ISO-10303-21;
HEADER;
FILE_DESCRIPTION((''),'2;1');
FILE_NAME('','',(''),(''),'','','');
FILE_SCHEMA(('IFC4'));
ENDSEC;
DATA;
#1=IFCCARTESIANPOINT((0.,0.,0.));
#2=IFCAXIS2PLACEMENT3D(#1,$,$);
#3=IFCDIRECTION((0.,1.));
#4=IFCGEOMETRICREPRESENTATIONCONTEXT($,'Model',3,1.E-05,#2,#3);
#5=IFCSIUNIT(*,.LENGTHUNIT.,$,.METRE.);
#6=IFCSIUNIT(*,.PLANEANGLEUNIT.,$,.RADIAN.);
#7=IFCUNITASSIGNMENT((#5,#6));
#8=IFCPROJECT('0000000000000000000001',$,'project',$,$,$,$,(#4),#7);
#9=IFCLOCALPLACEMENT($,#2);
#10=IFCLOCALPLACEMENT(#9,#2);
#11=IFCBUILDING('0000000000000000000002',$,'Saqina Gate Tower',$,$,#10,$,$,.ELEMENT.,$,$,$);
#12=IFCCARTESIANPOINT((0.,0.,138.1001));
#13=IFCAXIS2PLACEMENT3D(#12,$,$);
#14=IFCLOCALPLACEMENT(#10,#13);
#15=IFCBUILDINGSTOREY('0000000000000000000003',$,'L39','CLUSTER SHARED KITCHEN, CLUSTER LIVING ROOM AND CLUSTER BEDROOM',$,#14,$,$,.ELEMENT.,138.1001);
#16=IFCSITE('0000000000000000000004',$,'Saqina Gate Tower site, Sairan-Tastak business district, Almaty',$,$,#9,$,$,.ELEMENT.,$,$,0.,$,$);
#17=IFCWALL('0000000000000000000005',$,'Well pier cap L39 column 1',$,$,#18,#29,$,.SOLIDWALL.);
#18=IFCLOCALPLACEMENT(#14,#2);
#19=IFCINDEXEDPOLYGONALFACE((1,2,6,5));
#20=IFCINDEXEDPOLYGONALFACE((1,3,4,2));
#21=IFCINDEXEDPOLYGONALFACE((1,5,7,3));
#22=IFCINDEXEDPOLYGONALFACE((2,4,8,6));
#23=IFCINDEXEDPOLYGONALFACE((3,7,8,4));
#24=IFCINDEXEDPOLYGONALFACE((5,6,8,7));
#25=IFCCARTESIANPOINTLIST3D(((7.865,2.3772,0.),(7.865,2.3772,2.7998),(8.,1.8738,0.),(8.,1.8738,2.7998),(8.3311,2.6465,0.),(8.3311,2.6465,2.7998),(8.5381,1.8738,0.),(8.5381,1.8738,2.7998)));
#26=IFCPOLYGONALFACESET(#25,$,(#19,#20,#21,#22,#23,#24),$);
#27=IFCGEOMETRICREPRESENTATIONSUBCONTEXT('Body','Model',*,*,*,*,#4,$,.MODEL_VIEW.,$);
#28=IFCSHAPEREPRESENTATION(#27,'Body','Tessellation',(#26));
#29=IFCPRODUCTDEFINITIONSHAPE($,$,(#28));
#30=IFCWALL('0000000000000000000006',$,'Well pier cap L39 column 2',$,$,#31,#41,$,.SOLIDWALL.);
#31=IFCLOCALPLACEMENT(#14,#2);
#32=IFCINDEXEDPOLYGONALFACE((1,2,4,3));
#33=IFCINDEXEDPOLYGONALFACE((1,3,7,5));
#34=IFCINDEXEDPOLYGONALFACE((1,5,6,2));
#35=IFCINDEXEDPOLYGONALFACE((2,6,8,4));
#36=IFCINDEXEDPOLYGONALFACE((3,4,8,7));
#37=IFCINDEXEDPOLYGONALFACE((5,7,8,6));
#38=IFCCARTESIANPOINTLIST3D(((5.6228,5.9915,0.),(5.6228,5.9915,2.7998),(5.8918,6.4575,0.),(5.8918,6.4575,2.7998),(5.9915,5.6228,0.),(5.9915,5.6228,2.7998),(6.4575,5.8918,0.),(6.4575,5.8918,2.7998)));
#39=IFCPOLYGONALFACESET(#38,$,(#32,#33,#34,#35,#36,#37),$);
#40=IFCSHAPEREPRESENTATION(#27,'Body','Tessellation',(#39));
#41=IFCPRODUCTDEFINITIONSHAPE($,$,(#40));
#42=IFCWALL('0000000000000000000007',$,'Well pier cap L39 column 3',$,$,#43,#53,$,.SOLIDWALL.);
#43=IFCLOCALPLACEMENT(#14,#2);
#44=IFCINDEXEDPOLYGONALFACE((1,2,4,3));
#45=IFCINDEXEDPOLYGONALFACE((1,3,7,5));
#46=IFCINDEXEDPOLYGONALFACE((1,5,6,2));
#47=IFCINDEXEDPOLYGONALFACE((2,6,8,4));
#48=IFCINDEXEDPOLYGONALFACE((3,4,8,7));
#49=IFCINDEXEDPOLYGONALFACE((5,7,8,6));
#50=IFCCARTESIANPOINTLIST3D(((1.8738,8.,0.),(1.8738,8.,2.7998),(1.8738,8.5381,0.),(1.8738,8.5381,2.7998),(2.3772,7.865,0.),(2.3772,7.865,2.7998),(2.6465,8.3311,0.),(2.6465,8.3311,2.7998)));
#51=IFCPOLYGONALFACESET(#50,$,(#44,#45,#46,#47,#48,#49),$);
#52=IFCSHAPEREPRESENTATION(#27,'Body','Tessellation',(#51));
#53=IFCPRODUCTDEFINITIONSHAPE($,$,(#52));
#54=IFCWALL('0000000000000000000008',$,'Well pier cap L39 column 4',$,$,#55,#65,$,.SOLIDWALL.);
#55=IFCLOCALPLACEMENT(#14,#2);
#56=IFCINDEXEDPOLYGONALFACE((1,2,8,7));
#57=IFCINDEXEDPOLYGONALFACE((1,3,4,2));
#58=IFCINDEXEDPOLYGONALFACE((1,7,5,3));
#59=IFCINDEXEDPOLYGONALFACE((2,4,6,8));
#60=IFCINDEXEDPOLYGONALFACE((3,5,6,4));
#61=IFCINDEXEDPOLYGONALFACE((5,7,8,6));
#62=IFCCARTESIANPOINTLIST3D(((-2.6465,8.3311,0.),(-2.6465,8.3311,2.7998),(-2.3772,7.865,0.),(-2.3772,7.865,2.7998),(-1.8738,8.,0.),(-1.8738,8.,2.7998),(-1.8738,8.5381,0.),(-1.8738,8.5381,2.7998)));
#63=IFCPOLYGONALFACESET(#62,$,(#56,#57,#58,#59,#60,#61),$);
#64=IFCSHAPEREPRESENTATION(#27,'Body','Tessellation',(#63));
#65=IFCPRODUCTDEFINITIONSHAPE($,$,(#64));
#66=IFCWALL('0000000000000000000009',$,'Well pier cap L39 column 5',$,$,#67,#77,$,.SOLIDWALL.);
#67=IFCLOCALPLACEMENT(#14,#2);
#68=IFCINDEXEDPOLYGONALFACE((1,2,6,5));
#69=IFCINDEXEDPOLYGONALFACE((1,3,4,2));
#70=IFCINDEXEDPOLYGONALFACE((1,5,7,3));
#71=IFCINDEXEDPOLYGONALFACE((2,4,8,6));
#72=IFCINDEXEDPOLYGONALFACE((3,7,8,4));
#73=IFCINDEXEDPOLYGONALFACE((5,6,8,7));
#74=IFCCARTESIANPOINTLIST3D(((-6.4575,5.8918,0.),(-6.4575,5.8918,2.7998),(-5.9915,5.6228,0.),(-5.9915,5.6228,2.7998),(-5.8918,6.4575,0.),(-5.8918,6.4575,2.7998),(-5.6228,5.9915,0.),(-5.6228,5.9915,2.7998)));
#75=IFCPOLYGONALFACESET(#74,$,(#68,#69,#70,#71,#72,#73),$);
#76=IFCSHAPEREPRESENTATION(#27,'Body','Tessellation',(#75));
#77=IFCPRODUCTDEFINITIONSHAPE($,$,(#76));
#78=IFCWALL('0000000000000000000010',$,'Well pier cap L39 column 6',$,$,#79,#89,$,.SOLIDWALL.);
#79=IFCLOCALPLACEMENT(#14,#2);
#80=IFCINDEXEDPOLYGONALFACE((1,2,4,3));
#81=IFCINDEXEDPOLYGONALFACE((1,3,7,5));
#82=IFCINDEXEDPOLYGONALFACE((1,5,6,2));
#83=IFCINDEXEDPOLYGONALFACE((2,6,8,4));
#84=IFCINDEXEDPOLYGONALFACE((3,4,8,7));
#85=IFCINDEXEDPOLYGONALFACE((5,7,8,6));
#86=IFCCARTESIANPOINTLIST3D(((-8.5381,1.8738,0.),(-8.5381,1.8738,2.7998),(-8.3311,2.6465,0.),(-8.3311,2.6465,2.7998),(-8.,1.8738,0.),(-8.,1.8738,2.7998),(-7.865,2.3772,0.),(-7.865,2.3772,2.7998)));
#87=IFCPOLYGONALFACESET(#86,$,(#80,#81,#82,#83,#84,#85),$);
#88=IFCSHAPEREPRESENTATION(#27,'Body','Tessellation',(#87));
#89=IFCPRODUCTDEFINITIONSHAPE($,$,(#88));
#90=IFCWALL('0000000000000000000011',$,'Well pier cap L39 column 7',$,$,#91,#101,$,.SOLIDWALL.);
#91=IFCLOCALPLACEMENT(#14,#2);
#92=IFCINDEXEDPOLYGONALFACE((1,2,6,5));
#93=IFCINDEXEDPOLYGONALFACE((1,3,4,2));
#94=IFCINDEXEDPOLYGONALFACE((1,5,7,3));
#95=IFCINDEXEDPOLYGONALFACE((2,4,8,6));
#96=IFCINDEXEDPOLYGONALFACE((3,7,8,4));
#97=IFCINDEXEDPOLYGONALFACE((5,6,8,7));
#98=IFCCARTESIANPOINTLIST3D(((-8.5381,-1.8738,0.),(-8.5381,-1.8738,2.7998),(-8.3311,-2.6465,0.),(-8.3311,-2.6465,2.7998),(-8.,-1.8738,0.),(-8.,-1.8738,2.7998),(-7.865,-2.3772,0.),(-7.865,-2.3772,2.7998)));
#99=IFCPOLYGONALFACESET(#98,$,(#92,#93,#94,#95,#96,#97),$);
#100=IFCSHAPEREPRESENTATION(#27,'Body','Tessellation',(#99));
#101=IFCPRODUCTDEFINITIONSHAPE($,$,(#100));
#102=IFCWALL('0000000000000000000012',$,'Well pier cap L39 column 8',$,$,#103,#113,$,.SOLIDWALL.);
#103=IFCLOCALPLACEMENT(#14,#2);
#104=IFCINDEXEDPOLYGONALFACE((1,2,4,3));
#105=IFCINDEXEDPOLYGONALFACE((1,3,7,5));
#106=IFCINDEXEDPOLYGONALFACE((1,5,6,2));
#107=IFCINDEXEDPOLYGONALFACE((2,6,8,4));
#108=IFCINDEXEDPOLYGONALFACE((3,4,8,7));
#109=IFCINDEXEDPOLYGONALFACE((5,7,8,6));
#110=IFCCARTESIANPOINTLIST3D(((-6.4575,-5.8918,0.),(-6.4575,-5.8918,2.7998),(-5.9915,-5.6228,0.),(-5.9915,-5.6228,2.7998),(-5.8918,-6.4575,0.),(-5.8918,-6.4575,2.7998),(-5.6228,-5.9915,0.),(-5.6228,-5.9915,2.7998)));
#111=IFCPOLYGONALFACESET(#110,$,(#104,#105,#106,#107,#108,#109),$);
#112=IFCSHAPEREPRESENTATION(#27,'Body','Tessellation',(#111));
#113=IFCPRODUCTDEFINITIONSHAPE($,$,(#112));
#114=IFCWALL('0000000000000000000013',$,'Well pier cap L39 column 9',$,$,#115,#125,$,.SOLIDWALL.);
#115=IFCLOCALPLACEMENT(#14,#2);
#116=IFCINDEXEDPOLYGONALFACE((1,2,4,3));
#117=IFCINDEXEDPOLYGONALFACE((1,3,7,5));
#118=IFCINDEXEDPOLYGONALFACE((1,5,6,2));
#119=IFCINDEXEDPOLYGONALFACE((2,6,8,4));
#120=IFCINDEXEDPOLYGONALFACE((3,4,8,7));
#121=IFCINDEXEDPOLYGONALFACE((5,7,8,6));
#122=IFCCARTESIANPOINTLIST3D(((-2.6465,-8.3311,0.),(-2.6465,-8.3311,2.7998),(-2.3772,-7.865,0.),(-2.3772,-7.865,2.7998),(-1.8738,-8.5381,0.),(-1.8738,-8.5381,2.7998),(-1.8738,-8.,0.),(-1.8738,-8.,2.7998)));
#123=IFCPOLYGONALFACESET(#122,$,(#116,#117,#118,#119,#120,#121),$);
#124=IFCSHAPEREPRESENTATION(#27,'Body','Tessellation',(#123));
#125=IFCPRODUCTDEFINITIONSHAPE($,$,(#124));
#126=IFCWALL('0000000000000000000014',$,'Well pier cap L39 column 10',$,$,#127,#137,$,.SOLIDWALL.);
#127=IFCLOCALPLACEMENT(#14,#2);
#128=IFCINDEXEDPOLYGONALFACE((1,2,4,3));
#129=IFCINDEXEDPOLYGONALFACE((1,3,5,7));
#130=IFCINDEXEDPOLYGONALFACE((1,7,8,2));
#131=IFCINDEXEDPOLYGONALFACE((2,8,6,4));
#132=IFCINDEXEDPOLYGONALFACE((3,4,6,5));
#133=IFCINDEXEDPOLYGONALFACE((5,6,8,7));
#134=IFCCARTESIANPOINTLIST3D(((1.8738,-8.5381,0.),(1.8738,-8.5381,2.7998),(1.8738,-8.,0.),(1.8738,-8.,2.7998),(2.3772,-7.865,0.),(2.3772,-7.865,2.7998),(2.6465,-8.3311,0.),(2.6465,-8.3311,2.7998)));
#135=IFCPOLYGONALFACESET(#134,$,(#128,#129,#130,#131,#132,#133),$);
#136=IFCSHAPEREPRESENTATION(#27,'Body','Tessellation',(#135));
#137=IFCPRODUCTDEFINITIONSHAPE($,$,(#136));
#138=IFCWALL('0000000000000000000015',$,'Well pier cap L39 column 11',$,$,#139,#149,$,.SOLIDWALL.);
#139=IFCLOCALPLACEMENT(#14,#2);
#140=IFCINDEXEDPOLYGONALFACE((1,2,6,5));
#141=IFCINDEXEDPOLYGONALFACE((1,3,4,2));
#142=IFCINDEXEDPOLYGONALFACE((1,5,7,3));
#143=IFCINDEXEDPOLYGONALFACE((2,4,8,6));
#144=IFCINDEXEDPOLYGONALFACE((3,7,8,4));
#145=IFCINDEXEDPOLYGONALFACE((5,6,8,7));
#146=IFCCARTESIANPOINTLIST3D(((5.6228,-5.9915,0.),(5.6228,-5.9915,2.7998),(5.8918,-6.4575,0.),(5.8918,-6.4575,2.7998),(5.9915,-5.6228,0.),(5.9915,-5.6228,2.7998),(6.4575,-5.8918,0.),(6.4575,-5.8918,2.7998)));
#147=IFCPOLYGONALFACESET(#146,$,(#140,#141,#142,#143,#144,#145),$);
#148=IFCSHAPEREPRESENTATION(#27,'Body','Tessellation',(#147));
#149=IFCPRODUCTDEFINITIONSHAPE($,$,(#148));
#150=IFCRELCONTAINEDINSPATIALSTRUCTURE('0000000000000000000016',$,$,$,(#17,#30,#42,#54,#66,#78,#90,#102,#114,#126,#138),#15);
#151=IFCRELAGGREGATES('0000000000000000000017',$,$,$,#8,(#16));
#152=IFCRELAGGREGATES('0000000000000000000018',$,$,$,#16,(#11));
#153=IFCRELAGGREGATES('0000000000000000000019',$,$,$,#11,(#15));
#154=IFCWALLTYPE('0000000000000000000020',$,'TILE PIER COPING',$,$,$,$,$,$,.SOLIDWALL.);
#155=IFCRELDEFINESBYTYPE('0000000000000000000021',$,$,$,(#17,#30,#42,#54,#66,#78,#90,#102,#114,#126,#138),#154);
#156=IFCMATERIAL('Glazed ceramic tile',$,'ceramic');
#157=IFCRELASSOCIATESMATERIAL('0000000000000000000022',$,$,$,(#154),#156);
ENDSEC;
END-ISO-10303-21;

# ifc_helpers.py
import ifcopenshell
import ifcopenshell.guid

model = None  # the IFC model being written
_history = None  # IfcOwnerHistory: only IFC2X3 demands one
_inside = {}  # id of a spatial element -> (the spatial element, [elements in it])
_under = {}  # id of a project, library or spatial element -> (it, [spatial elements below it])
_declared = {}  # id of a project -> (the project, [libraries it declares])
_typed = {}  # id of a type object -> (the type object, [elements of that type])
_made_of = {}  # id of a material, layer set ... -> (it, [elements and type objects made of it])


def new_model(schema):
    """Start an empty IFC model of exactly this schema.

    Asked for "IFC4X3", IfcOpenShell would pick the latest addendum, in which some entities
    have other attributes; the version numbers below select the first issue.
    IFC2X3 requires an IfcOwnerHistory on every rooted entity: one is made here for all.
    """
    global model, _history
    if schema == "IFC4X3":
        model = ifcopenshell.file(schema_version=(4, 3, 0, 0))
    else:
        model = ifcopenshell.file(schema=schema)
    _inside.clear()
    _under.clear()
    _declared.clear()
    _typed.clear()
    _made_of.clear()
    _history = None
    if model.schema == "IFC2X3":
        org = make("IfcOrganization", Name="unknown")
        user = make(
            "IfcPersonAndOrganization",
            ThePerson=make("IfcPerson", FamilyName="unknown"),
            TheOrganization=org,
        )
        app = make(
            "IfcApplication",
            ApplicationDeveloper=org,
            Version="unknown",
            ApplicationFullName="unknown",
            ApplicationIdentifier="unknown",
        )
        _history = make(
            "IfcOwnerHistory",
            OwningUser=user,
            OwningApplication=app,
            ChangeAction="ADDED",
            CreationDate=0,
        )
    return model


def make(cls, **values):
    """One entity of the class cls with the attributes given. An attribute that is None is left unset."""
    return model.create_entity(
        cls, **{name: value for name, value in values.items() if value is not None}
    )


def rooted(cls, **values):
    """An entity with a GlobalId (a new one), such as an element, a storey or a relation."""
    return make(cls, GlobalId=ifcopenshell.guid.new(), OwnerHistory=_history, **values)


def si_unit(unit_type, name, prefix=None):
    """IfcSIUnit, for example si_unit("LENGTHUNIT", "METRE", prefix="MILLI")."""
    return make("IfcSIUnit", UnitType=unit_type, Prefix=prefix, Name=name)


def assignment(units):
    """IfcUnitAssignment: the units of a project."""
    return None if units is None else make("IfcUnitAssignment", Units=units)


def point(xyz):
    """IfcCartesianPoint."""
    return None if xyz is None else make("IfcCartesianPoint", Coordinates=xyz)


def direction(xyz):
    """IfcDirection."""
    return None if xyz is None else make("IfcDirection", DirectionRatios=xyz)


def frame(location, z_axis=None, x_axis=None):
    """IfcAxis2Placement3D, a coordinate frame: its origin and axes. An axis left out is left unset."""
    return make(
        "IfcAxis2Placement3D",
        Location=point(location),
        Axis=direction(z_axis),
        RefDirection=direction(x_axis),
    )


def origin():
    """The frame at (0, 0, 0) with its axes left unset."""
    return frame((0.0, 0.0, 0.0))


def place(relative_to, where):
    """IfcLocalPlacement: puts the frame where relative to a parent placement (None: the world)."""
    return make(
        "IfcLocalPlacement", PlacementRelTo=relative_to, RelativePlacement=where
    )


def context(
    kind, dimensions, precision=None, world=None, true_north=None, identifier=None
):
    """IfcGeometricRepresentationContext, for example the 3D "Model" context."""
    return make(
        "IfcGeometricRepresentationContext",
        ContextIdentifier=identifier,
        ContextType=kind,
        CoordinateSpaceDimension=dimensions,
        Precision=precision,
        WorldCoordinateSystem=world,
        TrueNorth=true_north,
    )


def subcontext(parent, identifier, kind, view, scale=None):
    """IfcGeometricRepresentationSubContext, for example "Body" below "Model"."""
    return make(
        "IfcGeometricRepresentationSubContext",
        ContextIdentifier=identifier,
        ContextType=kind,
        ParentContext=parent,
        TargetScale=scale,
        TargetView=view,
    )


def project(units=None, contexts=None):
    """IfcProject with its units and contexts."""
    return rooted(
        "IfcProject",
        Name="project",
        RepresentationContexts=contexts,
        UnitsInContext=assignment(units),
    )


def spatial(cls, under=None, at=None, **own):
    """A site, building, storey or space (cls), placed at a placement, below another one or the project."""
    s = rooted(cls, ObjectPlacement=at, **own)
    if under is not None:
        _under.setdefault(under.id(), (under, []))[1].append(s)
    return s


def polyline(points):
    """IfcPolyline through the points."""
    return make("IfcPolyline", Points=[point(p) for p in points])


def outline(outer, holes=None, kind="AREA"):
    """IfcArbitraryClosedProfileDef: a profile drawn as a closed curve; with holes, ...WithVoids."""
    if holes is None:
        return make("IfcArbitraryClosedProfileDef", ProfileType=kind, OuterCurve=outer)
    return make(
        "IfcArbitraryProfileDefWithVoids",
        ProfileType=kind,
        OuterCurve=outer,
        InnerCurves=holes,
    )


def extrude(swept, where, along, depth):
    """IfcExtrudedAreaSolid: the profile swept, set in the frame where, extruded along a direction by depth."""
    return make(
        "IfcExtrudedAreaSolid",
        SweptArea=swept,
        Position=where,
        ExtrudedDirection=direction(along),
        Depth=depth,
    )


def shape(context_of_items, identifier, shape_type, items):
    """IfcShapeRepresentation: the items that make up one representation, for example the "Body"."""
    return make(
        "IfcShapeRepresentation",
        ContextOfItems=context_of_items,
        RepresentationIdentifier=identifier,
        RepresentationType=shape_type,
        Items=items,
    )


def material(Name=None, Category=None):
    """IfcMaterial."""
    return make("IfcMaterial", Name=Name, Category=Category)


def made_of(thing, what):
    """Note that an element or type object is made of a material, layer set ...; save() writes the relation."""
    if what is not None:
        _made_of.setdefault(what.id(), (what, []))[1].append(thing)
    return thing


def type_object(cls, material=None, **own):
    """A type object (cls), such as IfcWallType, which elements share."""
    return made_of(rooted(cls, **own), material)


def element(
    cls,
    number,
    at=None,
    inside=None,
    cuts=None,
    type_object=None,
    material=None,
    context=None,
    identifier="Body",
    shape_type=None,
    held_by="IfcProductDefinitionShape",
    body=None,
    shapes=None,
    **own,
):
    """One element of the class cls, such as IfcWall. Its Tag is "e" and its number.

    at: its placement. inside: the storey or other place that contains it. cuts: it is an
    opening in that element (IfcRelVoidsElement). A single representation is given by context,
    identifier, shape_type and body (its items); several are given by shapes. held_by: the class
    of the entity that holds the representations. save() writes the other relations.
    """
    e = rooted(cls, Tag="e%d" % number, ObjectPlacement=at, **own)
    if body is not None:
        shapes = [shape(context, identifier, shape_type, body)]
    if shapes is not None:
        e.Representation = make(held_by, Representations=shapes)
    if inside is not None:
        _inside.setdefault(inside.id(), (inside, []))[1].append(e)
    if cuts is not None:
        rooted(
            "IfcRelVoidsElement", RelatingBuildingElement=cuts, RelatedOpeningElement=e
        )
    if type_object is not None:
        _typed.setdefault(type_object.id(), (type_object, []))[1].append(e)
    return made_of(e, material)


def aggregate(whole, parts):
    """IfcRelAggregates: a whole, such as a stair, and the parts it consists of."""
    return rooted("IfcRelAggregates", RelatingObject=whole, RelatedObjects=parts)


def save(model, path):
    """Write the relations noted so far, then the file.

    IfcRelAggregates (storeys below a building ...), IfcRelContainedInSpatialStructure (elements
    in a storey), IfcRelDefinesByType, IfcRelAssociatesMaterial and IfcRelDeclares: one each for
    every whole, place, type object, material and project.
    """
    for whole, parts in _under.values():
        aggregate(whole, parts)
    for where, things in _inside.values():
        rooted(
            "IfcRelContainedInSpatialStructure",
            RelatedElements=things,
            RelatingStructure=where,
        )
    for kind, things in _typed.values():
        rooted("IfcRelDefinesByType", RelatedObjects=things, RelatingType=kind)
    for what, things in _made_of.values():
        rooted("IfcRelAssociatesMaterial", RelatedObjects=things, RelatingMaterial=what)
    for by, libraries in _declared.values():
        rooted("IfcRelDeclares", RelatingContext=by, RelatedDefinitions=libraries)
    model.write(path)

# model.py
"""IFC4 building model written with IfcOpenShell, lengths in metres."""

from ifc_helpers import new_model, si_unit, direction, frame, origin, place, context, subcontext, project, spatial, polyline, outline, extrude, material, type_object, element, save


model = new_model("IFC4")

# Units and contexts
model_context = context("Model", 3, precision=1e-05, world=origin(), true_north=direction((0.0, 1.0)))
body_context = subcontext(model_context, "Body", "Model", "MODEL_VIEW")
ifc_project = project(units=[si_unit("LENGTHUNIT", "METRE"), si_unit("PLANEANGLEUNIT", "RADIAN")], contexts=[model_context])

# Site, building, storey
site_placement = place(None, origin())
site = spatial("IfcSite", under=ifc_project, at=site_placement, Name="Saqina Gate Tower site, Sairan-Tastak business district, Almaty", CompositionType="ELEMENT", RefElevation=0.0)
building_placement = place(site_placement, origin())
building = spatial("IfcBuilding", under=site, at=building_placement, Name="Saqina Gate Tower", CompositionType="ELEMENT")
storey_placement = place(building_placement, frame((0.0, 0.0, 138.1001)))
storey = spatial("IfcBuildingStorey", under=building, at=storey_placement, Name="L39", Description="CLUSTER SHARED KITCHEN, CLUSTER LIVING ROOM AND CLUSTER BEDROOM", CompositionType="ELEMENT", Elevation=138.1001)

# Walls
ifc_material_1 = material(Name="Glazed ceramic tile", Category="ceramic")
wall_type_1 = type_object("IfcWallType", Name="TILE PIER COPING", PredefinedType="SOLIDWALL", material=ifc_material_1)
wall_1_placement = place(storey_placement, origin())
element("IfcWall", 1, at=wall_1_placement, inside=storey, type_object=wall_type_1, Name="Well pier cap L39 column 1", PredefinedType="SOLIDWALL", context=body_context, shape_type="SweptSolid", body=[
    extrude(outline(polyline([(8.3311, 2.6465), (7.865, 2.3772), (8.0, 1.8738), (8.5381, 1.8738), (8.3311, 2.6465)])), origin(), (0.0, 0.0, 1.0), 2.7998),
])
wall_2_placement = place(storey_placement, origin())
element("IfcWall", 2, at=wall_2_placement, inside=storey, type_object=wall_type_1, Name="Well pier cap L39 column 2", PredefinedType="SOLIDWALL", context=body_context, shape_type="SweptSolid", body=[
    extrude(outline(polyline([(5.8918, 6.4575), (5.6228, 5.9915), (5.9915, 5.6228), (6.4575, 5.8918), (5.8918, 6.4575)])), origin(), (0.0, 0.0, 1.0), 2.7998),
])
wall_3_placement = place(storey_placement, origin())
element("IfcWall", 3, at=wall_3_placement, inside=storey, type_object=wall_type_1, Name="Well pier cap L39 column 3", PredefinedType="SOLIDWALL", context=body_context, shape_type="SweptSolid", body=[
    extrude(outline(polyline([(1.8738, 8.5381), (1.8738, 8.0), (2.3772, 7.865), (2.6465, 8.3311), (1.8738, 8.5381)])), origin(), (0.0, 0.0, 1.0), 2.7998),
])
wall_4_placement = place(storey_placement, origin())
element("IfcWall", 4, at=wall_4_placement, inside=storey, type_object=wall_type_1, Name="Well pier cap L39 column 4", PredefinedType="SOLIDWALL", context=body_context, shape_type="SweptSolid", body=[
    extrude(outline(polyline([(-2.6465, 8.3311), (-2.3772, 7.865), (-1.8738, 8.0), (-1.8738, 8.5381), (-2.6465, 8.3311)])), origin(), (0.0, 0.0, 1.0), 2.7998),
])
wall_5_placement = place(storey_placement, origin())
element("IfcWall", 5, at=wall_5_placement, inside=storey, type_object=wall_type_1, Name="Well pier cap L39 column 5", PredefinedType="SOLIDWALL", context=body_context, shape_type="SweptSolid", body=[
    extrude(outline(polyline([(-6.4575, 5.8918), (-5.9915, 5.6228), (-5.6228, 5.9915), (-5.8918, 6.4575), (-6.4575, 5.8918)])), origin(), (0.0, 0.0, 1.0), 2.7998),
])
wall_6_placement = place(storey_placement, origin())
element("IfcWall", 6, at=wall_6_placement, inside=storey, type_object=wall_type_1, Name="Well pier cap L39 column 6", PredefinedType="SOLIDWALL", context=body_context, shape_type="SweptSolid", body=[
    extrude(outline(polyline([(-8.5381, 1.8738), (-8.0, 1.8738), (-7.865, 2.3772), (-8.3311, 2.6465), (-8.5381, 1.8738)])), origin(), (0.0, 0.0, 1.0), 2.7998),
])
wall_7_placement = place(storey_placement, origin())
element("IfcWall", 7, at=wall_7_placement, inside=storey, type_object=wall_type_1, Name="Well pier cap L39 column 7", PredefinedType="SOLIDWALL", context=body_context, shape_type="SweptSolid", body=[
    extrude(outline(polyline([(-8.3311, -2.6465), (-7.865, -2.3772), (-8.0, -1.8738), (-8.5381, -1.8738), (-8.3311, -2.6465)])), origin(), (0.0, 0.0, 1.0), 2.7998),
])
wall_8_placement = place(storey_placement, origin())
element("IfcWall", 8, at=wall_8_placement, inside=storey, type_object=wall_type_1, Name="Well pier cap L39 column 8", PredefinedType="SOLIDWALL", context=body_context, shape_type="SweptSolid", body=[
    extrude(outline(polyline([(-6.4575, -5.8918), (-5.8918, -6.4575), (-5.6228, -5.9915), (-5.9915, -5.6228), (-6.4575, -5.8918)])), origin(), (0.0, 0.0, 1.0), 2.7998),
])
wall_9_placement = place(storey_placement, origin())
element("IfcWall", 9, at=wall_9_placement, inside=storey, type_object=wall_type_1, Name="Well pier cap L39 column 9", PredefinedType="SOLIDWALL", context=body_context, shape_type="SweptSolid", body=[
    extrude(outline(polyline([(-1.8738, -8.5381), (-1.8738, -8.0), (-2.3772, -7.865), (-2.6465, -8.3311), (-1.8738, -8.5381)])), origin(), (0.0, 0.0, 1.0), 2.7998),
])
wall_10_placement = place(storey_placement, origin())
element("IfcWall", 10, at=wall_10_placement, inside=storey, type_object=wall_type_1, Name="Well pier cap L39 column 10", PredefinedType="SOLIDWALL", context=body_context, shape_type="SweptSolid", body=[
    extrude(outline(polyline([(2.6465, -8.3311), (2.3772, -7.865), (1.8738, -8.0), (1.8738, -8.5381), (2.6465, -8.3311)])), origin(), (0.0, 0.0, 1.0), 2.7998),
])
wall_11_placement = place(storey_placement, origin())
element("IfcWall", 11, at=wall_11_placement, inside=storey, type_object=wall_type_1, Name="Well pier cap L39 column 11", PredefinedType="SOLIDWALL", context=body_context, shape_type="SweptSolid", body=[
    extrude(outline(polyline([(5.8918, -6.4575), (6.4575, -5.8918), (5.9915, -5.6228), (5.6228, -5.9915), (5.8918, -6.4575)])), origin(), (0.0, 0.0, 1.0), 2.7998),
])

save(model, "model.ifc")
